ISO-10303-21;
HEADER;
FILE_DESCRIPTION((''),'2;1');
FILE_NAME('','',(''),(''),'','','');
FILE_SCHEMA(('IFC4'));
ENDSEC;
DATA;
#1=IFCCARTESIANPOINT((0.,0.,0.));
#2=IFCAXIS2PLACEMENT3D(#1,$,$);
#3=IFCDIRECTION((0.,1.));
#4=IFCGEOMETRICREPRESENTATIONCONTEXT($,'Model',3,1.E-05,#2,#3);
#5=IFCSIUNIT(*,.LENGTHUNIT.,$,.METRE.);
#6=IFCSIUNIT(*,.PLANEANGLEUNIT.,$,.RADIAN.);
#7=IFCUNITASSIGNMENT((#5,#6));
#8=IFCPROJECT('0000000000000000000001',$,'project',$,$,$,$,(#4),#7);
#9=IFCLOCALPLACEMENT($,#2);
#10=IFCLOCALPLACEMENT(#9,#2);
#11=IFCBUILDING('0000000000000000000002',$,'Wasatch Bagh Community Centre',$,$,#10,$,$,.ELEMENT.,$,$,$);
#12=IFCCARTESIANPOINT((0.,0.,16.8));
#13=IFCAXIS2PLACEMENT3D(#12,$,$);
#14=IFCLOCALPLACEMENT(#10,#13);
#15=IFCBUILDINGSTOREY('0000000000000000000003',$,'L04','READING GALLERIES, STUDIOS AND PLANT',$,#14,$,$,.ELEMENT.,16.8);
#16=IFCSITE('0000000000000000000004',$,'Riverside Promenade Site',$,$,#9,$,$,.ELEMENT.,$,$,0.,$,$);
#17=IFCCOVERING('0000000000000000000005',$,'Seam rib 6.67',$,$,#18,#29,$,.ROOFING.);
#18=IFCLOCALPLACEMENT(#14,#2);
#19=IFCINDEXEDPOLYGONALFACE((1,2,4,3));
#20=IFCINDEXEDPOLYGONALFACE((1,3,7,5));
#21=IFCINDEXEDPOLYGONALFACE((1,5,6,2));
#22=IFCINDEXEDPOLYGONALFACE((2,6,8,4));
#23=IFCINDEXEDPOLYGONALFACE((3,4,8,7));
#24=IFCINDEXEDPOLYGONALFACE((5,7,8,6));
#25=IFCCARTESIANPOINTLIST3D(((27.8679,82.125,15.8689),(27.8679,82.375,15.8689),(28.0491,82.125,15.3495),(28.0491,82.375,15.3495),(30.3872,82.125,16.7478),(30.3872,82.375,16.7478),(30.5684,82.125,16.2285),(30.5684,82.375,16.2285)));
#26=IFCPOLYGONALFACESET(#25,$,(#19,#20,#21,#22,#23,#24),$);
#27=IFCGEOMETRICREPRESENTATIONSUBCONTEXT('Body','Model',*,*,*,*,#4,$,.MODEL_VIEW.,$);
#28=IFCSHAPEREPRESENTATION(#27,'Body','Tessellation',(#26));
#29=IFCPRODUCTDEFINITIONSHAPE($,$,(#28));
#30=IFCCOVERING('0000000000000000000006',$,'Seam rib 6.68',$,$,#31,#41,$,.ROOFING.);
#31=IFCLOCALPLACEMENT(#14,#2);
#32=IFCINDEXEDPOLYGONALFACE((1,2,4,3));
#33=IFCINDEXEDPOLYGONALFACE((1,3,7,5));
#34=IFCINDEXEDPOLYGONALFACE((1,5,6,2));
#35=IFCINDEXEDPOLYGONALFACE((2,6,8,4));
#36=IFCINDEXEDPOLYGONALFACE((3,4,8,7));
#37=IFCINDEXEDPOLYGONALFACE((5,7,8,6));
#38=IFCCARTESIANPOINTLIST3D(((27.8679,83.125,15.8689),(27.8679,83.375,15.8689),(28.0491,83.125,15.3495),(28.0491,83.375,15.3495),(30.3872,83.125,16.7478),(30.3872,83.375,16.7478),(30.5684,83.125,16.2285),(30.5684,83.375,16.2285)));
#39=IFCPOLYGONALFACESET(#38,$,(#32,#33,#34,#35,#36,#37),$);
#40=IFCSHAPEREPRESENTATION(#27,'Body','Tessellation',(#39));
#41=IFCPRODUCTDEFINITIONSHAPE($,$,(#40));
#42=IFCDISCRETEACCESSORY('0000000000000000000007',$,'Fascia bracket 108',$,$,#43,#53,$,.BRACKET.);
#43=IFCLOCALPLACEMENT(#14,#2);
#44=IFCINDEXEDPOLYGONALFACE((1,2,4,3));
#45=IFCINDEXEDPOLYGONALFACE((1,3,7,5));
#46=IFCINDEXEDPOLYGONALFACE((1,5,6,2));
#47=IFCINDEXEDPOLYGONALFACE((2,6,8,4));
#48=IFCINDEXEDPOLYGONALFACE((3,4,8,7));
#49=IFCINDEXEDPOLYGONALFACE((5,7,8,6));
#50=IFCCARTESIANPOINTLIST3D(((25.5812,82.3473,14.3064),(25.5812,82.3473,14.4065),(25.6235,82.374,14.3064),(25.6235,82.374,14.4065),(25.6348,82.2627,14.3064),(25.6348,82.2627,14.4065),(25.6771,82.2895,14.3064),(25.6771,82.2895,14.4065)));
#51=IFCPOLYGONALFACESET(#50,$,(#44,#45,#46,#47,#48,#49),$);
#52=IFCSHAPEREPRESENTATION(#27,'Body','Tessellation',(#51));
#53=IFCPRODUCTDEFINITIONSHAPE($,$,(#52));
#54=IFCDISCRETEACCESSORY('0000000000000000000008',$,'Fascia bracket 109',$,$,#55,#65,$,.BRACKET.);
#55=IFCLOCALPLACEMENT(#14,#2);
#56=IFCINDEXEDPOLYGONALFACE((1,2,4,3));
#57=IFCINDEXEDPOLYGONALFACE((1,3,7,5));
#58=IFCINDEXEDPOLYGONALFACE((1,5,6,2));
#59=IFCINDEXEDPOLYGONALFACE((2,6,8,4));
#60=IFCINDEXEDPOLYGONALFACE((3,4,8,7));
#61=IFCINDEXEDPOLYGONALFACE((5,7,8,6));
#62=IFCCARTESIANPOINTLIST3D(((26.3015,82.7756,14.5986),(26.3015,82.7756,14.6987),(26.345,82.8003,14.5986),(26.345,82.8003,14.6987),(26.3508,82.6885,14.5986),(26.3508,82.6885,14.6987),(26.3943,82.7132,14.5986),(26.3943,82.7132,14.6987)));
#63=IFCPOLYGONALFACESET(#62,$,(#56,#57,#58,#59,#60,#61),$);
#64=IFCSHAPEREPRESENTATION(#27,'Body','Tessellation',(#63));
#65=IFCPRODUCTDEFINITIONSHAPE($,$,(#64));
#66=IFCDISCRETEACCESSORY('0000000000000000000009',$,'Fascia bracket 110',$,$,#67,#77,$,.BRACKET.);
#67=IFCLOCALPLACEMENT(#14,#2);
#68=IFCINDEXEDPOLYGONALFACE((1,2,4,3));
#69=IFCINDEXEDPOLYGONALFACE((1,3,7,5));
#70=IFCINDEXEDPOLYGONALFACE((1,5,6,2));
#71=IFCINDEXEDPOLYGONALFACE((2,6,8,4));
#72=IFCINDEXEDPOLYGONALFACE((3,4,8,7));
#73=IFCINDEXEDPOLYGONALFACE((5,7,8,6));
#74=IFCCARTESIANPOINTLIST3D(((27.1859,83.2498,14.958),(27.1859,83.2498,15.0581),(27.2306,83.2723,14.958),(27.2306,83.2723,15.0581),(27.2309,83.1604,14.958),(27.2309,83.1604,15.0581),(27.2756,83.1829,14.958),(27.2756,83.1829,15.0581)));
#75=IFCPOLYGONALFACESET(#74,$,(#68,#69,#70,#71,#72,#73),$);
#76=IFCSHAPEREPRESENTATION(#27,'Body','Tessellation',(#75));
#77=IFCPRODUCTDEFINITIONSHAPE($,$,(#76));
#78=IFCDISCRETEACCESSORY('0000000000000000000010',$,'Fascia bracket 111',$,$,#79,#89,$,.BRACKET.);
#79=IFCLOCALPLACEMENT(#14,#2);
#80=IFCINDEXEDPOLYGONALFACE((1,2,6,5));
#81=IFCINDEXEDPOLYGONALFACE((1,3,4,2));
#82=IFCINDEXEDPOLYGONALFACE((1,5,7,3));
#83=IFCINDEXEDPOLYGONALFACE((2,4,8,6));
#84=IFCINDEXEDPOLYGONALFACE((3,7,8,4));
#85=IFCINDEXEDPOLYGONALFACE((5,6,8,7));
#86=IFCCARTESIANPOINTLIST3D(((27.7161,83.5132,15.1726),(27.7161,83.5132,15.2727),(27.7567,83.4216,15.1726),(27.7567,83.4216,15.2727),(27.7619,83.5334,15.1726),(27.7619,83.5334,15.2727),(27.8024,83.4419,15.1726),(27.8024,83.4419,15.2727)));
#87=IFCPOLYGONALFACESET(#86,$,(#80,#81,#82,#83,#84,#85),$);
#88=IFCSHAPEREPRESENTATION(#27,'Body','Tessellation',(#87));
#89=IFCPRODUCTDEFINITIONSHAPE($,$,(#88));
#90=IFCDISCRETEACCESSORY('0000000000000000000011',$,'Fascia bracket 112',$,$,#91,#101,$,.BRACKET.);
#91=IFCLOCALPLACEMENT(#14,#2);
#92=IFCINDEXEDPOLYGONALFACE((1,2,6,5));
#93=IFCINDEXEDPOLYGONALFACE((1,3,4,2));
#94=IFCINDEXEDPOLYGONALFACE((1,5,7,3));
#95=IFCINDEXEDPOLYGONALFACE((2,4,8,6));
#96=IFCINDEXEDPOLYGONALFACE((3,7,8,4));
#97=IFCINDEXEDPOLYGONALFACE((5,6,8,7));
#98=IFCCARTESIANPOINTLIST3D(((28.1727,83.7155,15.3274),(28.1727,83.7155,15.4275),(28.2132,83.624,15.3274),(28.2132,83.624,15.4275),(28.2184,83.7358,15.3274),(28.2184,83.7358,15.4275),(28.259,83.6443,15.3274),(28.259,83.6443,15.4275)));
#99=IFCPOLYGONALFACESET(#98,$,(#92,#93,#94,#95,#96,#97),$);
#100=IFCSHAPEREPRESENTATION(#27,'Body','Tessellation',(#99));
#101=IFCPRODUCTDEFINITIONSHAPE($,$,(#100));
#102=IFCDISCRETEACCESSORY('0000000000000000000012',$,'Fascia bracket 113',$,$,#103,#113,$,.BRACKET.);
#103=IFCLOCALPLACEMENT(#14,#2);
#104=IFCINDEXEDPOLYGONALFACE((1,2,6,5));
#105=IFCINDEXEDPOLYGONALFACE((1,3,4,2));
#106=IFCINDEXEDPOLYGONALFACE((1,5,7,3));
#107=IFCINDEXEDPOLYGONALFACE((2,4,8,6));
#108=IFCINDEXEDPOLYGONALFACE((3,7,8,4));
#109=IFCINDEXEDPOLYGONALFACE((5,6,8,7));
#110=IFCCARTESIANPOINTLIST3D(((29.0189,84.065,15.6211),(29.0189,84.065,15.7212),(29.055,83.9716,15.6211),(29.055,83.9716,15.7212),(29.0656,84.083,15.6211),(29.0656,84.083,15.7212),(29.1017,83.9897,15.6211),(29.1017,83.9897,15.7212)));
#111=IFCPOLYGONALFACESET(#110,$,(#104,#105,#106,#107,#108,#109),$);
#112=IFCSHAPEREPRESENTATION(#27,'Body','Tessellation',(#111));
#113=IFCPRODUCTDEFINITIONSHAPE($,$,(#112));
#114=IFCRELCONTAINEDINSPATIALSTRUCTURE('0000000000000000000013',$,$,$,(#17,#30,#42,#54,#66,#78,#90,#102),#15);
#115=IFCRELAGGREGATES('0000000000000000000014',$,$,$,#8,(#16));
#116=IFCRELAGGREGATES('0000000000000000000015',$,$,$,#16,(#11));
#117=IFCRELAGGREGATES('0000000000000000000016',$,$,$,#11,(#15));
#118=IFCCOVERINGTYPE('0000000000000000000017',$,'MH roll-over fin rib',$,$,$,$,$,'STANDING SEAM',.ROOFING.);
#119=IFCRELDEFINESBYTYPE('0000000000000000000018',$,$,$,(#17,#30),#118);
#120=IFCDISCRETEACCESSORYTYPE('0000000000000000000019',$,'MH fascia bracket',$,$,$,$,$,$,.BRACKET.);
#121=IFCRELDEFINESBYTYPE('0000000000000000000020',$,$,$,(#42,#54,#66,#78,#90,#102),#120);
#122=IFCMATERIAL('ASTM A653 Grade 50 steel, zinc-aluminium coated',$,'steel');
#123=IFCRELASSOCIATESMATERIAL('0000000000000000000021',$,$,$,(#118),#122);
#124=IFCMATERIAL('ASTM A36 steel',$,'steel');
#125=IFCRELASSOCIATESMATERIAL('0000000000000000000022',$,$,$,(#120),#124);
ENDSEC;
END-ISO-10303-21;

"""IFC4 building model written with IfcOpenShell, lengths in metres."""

from ifc_helpers import new_model, si_unit, direction, frame, origin, origin_2d, place, context, subcontext, project, spatial, polyline, rectangle, outline, extrude, material, type_object, element, save


model = new_model("IFC4")

# Units and contexts
model_context = context("Model", 3, precision=1e-05, world=origin(), true_north=direction((0.0, 1.0)))
body_context = subcontext(model_context, "Body", "Model", "MODEL_VIEW")
ifc_project = project(units=[si_unit("LENGTHUNIT", "METRE"), si_unit("PLANEANGLEUNIT", "RADIAN")], contexts=[model_context])

# Site, building, storey
site_placement = place(None, origin())
site = spatial("IfcSite", under=ifc_project, at=site_placement, Name="Riverside Promenade Site", CompositionType="ELEMENT", RefElevation=0.0)
building_placement = place(site_placement, origin())
building = spatial("IfcBuilding", under=site, at=building_placement, Name="Wasatch Bagh Community Centre", CompositionType="ELEMENT")
storey_placement = place(building_placement, frame((0.0, 0.0, 16.8)))
storey = spatial("IfcBuildingStorey", under=building, at=storey_placement, Name="L04", Description="READING GALLERIES, STUDIOS AND PLANT", CompositionType="ELEMENT", Elevation=16.8)

# Coverings
ifc_material_1 = material(Name="ASTM A653 Grade 50 steel, zinc-aluminium coated", Category="steel")
covering_type_1 = type_object("IfcCoveringType", Name="MH roll-over fin rib", ElementType="STANDING SEAM", PredefinedType="ROOFING", material=ifc_material_1)
for number, where, z_axis, x_axis, name in (
    (1, (27.8679, 82.125, 15.8689), (-0.329401, 0.0, 0.94419), (0.94419, 0.0, 0.329401), "Seam rib 6.67"),
    (2, (27.8679, 83.125, 15.8689), (-0.329401, 0.0, 0.94419), (0.94419, 0.0, 0.329401), "Seam rib 6.68"),
):
    element("IfcCovering", number, at=place(storey_placement, frame(where, z_axis=z_axis, x_axis=x_axis)), inside=storey, type_object=covering_type_1, Name=name, PredefinedType="ROOFING", context=body_context, shape_type="SweptSolid", body=[
        extrude(outline(polyline([(0.0, 0.0), (2.6682, 0.0), (2.6682, 0.25), (0.0, 0.25), (0.0, 0.0)])), origin(), (0.0, 0.0, -1.0), 0.55),
    ])

# Discrete accessories
ifc_material_2 = material(Name="ASTM A36 steel", Category="steel")
discrete_accessory_type = type_object("IfcDiscreteAccessoryType", Name="MH fascia bracket", PredefinedType="BRACKET", material=ifc_material_2)
for number, where, z_axis, x_axis, name in (
    (3, (25.6292, 82.3184, 14.3064), (0.0, 0.0, 1.0), (-0.534998, 0.844854, 0.0), "Fascia bracket 108"),
    (4, (26.3479, 82.7444, 14.5986), (0.0, 0.0, 1.0), (-0.492898, 0.870087, 0.0), "Fascia bracket 109"),
    (5, (27.2307, 83.2163, 14.958), (0.0, 0.0, 1.0), (-0.449611, 0.893224, 0.0), "Fascia bracket 110"),
    (6, (27.7593, 83.4775, 15.1726), (0.0, 0.0, 1.0), (-0.405241, 0.91421, 0.0), "Fascia bracket 111"),
    (7, (28.2158, 83.6799, 15.3274), (0.0, 0.0, 1.0), (-0.405241, 0.91421, 0.0), "Fascia bracket 112"),
    (8, (29.0603, 84.0273, 15.6211), (0.0, 0.0, 1.0), (-0.359895, 0.932993, 0.0), "Fascia bracket 113"),
):
    element("IfcDiscreteAccessory", number, at=place(storey_placement, frame(where, z_axis=z_axis, x_axis=x_axis)), inside=storey, type_object=discrete_accessory_type, Name=name, PredefinedType="BRACKET", context=body_context, shape_type="SweptSolid", body=[
        extrude(rectangle(XDim=0.1001, YDim=0.05, at=origin_2d()), origin(), (0.0, 0.0, 1.0), 0.1001),
    ])

save(model, "model.ifc")
